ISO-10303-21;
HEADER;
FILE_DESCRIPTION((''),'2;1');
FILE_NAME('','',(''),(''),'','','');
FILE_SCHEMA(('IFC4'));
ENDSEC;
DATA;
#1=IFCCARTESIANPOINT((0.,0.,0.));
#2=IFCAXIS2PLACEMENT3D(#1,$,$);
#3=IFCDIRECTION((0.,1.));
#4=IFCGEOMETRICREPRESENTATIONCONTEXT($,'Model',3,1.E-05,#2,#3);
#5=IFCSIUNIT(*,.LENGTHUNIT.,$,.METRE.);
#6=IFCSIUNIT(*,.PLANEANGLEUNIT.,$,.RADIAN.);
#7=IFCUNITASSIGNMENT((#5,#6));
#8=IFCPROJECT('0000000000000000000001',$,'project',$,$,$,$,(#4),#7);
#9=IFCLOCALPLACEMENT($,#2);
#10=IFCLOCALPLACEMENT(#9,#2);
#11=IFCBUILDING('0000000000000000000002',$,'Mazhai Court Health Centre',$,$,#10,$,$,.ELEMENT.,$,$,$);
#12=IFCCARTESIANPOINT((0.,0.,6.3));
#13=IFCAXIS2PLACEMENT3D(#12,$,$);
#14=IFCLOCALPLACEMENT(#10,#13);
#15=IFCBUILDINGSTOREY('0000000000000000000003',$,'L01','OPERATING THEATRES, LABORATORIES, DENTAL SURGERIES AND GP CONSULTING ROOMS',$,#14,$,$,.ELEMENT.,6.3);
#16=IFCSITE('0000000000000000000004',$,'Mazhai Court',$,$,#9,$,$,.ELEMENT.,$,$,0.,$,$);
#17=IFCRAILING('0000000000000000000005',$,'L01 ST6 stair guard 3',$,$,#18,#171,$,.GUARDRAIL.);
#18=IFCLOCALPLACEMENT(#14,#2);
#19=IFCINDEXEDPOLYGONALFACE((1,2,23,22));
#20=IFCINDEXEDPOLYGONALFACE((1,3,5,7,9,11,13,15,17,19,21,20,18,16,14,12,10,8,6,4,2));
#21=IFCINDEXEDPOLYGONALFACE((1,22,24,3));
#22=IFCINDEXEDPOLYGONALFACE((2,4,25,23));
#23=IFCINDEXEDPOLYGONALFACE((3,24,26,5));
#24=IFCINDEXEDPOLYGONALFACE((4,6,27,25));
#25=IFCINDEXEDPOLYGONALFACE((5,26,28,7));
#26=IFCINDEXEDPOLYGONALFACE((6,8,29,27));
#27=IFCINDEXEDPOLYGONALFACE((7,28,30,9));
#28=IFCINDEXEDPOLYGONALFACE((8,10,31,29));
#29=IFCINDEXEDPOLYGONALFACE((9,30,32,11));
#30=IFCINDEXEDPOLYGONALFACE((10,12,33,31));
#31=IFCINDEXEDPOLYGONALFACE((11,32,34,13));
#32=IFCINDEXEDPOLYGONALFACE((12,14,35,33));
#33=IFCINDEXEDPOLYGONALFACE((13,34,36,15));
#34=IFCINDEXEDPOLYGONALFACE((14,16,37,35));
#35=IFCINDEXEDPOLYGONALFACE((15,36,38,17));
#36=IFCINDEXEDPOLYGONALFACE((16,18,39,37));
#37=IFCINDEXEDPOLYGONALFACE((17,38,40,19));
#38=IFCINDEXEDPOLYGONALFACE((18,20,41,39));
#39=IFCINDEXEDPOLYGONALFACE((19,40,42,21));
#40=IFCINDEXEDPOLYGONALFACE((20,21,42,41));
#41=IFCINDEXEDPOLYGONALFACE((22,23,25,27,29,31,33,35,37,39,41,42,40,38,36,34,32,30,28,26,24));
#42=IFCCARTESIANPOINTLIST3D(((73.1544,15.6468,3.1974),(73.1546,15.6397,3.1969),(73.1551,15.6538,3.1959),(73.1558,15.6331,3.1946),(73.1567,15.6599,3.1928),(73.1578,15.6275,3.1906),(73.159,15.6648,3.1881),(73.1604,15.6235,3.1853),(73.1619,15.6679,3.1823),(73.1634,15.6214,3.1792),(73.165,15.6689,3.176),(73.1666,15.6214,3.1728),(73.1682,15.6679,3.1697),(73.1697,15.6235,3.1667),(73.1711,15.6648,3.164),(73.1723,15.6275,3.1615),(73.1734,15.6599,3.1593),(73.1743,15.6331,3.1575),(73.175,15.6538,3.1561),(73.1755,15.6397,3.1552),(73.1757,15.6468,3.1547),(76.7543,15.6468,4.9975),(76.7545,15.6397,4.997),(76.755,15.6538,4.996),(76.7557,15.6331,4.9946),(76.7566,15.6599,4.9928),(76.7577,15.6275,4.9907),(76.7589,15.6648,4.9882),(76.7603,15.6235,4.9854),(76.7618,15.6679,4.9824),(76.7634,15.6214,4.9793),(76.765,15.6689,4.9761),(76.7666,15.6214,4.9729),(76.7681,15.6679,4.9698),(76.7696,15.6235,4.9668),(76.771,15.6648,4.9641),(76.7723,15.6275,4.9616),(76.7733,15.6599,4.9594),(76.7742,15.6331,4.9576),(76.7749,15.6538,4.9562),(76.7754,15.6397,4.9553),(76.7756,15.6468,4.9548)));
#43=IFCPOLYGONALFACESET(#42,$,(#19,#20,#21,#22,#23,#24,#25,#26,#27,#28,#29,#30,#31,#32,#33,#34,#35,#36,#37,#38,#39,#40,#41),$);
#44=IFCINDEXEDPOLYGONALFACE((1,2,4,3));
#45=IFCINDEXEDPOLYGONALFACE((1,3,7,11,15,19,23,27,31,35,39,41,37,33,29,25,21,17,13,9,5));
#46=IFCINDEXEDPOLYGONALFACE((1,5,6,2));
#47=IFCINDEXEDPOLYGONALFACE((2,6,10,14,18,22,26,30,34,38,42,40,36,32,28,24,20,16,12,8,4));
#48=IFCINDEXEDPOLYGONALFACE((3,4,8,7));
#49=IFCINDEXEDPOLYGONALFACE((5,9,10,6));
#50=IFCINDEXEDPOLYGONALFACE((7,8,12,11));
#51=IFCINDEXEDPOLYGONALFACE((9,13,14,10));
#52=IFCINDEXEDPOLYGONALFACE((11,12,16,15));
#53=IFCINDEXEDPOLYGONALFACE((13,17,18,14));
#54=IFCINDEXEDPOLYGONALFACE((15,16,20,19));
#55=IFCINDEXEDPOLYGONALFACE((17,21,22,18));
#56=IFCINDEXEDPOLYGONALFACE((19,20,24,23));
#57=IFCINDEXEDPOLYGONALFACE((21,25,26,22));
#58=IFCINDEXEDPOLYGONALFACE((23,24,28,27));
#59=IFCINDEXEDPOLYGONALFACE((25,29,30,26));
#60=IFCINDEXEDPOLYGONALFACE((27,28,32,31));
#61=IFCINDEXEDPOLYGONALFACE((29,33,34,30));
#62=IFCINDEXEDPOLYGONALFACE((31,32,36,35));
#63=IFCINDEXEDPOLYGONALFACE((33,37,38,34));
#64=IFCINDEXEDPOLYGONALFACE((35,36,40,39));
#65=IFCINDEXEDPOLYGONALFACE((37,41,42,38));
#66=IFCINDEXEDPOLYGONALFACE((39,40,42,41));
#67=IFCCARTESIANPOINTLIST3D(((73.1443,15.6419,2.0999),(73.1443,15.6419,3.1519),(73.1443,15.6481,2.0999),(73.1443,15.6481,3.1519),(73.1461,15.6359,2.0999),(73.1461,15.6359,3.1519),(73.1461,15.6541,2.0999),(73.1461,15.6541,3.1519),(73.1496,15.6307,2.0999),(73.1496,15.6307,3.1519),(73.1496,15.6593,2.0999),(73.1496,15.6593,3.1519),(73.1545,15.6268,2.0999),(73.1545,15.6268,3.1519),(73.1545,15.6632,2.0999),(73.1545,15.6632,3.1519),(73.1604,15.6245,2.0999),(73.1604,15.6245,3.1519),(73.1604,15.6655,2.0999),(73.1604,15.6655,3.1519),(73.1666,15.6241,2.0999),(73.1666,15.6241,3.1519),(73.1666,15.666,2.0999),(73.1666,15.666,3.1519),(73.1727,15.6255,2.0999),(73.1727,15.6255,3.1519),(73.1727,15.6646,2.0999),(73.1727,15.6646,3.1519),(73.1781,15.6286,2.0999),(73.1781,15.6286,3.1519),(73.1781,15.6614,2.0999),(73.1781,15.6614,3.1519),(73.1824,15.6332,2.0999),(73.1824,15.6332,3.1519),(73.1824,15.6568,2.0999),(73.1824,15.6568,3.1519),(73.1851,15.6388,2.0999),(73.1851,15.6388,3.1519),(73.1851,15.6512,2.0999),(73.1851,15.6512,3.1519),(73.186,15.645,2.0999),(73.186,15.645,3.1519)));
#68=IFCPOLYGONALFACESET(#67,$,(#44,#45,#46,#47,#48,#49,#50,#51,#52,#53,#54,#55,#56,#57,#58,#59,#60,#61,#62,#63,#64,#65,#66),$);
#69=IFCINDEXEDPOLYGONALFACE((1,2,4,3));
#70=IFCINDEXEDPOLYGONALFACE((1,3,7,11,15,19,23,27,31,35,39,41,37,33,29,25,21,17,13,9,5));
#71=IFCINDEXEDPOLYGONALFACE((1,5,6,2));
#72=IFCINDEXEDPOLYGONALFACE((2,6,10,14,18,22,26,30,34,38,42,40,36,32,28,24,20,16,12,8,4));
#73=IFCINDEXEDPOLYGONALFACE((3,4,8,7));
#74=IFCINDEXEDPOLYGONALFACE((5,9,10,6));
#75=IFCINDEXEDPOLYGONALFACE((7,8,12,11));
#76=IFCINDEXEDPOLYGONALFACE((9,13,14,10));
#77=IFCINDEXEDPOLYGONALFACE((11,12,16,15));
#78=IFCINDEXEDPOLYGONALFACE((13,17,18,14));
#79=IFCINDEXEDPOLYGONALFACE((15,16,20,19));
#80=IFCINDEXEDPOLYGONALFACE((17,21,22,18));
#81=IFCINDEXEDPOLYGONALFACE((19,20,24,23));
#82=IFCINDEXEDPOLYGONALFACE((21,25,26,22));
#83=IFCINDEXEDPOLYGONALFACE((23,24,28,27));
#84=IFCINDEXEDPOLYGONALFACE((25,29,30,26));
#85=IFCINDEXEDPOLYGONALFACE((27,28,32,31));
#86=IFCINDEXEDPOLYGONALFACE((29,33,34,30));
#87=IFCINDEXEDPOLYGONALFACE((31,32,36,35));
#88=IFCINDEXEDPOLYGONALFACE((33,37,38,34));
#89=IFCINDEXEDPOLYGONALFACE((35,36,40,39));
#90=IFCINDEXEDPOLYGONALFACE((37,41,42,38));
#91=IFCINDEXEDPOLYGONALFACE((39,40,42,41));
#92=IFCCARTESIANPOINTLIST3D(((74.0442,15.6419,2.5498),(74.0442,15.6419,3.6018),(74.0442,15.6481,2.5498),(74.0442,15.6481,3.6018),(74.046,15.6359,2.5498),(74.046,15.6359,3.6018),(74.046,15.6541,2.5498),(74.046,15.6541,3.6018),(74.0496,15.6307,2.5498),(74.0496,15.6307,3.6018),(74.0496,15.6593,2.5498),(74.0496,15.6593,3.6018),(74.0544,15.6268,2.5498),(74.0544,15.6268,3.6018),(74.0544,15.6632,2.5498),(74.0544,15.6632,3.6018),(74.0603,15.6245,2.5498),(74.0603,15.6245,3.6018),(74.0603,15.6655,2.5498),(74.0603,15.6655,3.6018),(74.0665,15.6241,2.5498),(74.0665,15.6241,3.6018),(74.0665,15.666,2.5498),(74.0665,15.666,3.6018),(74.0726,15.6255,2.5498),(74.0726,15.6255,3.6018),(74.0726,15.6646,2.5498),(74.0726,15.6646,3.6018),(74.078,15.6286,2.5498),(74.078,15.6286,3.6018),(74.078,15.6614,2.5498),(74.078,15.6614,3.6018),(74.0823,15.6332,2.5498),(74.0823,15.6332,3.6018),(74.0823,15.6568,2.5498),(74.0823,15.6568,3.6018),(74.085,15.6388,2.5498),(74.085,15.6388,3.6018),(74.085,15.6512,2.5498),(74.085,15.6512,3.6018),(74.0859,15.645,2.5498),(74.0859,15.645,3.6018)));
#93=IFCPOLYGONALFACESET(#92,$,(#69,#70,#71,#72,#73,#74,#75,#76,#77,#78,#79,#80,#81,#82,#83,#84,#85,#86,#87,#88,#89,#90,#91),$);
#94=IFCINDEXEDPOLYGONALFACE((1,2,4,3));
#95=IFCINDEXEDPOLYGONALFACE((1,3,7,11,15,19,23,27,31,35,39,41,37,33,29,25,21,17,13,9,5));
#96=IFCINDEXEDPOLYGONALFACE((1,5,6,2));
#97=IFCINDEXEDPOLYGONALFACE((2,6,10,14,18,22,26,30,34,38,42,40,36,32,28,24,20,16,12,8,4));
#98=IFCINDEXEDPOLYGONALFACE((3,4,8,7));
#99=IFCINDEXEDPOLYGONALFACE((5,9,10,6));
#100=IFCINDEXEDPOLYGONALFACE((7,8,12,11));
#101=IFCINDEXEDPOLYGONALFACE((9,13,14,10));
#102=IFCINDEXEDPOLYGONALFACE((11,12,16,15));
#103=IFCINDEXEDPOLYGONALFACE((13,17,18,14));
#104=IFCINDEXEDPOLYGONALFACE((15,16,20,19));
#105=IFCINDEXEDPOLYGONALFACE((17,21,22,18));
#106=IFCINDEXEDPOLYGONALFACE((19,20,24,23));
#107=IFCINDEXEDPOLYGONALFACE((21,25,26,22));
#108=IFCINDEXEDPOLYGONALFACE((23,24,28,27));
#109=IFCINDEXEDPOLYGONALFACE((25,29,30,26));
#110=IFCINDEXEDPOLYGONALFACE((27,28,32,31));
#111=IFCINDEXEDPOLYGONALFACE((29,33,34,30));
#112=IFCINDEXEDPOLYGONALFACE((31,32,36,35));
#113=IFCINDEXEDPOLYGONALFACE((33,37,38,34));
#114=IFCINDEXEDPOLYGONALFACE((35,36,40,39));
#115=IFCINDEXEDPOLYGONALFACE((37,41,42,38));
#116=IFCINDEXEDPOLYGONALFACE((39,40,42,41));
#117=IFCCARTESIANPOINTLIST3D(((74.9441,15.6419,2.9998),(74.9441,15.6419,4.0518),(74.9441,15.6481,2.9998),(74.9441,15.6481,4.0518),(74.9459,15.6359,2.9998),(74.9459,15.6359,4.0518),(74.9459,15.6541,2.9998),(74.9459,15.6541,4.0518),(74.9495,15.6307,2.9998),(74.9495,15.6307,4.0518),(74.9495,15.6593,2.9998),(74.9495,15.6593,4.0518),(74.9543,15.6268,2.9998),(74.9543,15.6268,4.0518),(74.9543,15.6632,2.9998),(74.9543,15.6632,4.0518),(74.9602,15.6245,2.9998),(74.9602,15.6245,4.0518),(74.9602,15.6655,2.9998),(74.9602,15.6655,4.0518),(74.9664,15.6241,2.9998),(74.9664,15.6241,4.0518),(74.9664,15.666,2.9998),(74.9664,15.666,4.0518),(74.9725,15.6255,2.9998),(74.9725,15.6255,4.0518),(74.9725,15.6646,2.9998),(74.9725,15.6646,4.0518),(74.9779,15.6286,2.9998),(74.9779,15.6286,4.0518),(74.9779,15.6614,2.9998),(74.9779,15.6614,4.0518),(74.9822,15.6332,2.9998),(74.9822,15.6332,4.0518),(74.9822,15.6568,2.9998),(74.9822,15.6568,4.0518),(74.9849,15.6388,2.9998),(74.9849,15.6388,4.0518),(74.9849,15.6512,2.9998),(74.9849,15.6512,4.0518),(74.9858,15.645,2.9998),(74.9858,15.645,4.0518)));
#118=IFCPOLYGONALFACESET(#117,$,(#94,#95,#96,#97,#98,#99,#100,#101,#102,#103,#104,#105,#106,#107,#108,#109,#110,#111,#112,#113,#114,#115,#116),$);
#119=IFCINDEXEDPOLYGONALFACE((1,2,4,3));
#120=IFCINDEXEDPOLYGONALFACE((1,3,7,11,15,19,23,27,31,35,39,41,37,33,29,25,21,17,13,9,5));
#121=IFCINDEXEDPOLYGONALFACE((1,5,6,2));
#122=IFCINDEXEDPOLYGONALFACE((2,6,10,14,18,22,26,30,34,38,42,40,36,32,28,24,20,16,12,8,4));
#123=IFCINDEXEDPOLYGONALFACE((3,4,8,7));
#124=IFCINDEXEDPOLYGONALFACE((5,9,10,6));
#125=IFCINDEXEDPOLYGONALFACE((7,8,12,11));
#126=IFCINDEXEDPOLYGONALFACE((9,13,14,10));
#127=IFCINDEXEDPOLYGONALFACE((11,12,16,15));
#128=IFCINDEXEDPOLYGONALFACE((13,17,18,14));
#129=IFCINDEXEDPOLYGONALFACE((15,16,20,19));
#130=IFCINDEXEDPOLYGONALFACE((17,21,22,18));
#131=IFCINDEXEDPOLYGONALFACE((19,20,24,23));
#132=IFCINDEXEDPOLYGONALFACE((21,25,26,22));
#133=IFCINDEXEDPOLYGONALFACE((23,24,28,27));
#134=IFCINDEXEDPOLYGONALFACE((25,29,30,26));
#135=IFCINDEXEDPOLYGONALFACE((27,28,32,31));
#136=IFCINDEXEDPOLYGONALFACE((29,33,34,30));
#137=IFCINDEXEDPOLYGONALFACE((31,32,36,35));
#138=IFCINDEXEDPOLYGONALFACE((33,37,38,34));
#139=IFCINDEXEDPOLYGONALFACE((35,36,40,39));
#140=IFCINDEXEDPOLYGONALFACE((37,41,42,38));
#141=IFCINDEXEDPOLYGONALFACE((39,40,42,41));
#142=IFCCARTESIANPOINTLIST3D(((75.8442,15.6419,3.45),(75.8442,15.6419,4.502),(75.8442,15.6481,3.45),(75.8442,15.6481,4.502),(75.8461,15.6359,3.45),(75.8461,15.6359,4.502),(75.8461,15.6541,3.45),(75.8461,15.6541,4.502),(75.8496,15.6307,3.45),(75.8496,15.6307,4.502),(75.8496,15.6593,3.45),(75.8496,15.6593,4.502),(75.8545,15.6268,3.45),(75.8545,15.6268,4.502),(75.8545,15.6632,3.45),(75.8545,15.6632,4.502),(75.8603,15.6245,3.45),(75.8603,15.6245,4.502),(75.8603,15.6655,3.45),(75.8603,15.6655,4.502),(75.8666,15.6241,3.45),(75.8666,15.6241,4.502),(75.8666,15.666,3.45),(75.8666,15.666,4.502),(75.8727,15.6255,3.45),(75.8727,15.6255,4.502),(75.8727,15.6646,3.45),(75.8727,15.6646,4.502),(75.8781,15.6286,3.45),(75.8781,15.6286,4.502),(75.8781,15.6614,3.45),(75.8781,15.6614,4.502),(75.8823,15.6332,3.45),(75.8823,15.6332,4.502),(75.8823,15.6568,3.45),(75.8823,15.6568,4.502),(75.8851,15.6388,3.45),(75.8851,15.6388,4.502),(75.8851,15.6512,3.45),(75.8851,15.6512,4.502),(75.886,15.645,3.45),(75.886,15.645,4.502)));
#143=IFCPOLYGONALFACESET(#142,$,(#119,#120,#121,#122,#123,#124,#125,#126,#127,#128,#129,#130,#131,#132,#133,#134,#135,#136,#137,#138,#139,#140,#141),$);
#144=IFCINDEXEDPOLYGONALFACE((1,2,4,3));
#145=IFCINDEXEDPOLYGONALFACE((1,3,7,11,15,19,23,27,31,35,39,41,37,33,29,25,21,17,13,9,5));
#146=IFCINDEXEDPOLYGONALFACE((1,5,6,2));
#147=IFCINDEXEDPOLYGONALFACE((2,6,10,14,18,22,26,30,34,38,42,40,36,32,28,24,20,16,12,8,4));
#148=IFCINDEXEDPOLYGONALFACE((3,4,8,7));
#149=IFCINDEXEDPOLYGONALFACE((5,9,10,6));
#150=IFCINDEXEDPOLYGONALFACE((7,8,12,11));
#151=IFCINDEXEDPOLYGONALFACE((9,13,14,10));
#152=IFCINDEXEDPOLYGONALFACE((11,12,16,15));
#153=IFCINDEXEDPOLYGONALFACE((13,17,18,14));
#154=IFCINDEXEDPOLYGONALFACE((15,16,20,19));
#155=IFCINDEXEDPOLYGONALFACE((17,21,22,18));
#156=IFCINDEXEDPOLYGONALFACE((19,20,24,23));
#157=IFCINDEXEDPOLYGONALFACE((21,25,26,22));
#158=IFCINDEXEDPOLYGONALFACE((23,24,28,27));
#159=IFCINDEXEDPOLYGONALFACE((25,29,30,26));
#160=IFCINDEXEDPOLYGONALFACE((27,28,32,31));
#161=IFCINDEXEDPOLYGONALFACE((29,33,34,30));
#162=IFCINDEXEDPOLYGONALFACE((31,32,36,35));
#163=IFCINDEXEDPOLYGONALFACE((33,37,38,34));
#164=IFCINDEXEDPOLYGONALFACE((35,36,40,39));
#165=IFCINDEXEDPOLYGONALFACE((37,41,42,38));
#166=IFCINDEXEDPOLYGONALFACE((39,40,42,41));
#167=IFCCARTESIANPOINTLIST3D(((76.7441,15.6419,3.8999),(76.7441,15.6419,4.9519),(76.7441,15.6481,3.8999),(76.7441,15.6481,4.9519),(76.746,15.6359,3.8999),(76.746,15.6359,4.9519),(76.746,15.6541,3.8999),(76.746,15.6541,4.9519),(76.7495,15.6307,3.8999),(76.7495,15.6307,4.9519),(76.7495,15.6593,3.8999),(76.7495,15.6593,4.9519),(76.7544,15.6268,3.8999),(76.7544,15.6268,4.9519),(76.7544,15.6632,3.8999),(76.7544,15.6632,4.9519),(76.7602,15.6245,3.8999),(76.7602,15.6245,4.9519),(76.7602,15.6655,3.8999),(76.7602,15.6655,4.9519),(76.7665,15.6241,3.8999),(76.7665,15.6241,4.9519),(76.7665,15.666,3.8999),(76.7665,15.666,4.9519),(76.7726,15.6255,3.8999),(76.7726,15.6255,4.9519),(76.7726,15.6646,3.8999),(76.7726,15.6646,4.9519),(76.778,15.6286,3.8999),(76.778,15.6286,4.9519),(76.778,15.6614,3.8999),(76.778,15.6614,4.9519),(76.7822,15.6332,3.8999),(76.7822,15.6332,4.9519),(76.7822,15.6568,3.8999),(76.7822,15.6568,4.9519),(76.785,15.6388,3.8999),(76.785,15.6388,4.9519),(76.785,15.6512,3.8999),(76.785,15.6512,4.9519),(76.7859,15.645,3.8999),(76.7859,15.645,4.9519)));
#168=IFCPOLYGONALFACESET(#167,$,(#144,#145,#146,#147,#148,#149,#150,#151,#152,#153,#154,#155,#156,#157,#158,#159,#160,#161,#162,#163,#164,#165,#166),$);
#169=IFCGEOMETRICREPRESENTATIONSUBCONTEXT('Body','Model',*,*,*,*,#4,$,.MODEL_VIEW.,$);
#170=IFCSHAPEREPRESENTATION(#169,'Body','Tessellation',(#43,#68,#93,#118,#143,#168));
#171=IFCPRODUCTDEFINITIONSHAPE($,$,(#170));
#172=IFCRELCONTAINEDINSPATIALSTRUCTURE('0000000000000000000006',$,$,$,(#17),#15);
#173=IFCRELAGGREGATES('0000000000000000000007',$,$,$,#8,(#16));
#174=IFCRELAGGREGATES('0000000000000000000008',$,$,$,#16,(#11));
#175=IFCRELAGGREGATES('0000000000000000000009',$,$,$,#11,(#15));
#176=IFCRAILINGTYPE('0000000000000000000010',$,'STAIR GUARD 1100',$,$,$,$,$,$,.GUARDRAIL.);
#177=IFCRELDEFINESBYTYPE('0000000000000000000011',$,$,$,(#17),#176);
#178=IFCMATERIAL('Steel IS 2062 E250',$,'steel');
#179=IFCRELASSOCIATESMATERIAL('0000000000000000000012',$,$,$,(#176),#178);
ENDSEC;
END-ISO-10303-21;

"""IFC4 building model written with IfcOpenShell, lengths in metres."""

from ifc_helpers import new_model, si_unit, direction, frame, origin, origin_2d, place, context, subcontext, project, spatial, circle, extrude, material, type_object, element, save


model = new_model("IFC4")

# Units and contexts
model_context = context("Model", 3, precision=1e-05, world=origin(), true_north=direction((0.0, 1.0)))
body_context = subcontext(model_context, "Body", "Model", "MODEL_VIEW")
ifc_project = project(units=[si_unit("LENGTHUNIT", "METRE"), si_unit("PLANEANGLEUNIT", "RADIAN")], contexts=[model_context])

# Site, building, storey
site_placement = place(None, origin())
site = spatial("IfcSite", under=ifc_project, at=site_placement, Name="Mazhai Court", CompositionType="ELEMENT", RefElevation=0.0)
building_placement = place(site_placement, origin())
building = spatial("IfcBuilding", under=site, at=building_placement, Name="Mazhai Court Health Centre", CompositionType="ELEMENT")
storey_placement = place(building_placement, frame((0.0, 0.0, 6.3)))
storey = spatial("IfcBuildingStorey", under=building, at=storey_placement, Name="L01", Description="OPERATING THEATRES, LABORATORIES, DENTAL SURGERIES AND GP CONSULTING ROOMS", CompositionType="ELEMENT", Elevation=6.3)

# Railing
ifc_material_1 = material(Name="Steel IS 2062 E250", Category="steel")
railing_type = type_object("IfcRailingType", Name="STAIR GUARD 1100", PredefinedType="GUARDRAIL", material=ifc_material_1)
railing_1_placement = place(storey_placement, frame((73.165, 15.645, 2.0999)))
element("IfcRailing", 1, at=railing_1_placement, inside=storey, type_object=railing_type, Name="L01 ST6 stair guard 3", PredefinedType="GUARDRAIL", context=body_context, shape_type="SweptSolid", body=[
    extrude(circle(Radius=0.0239, at=origin_2d()), frame((0.0, 0.0, 1.0762), z_axis=(0.894415, 0.0, 0.447238), x_axis=(0.0, 1.0, 0.0)), (0.0, 0.0, 1.0), 4.0249),
    extrude(circle(Radius=0.021, at=origin_2d()), origin(), (0.0, 0.0, 1.0), 1.052),
    extrude(circle(Radius=0.021, at=origin_2d()), frame((0.8999, 0.0, 0.45)), (0.0, 0.0, 1.0), 1.052),
    extrude(circle(Radius=0.021, at=origin_2d()), frame((1.7998, 0.0, 0.8999)), (0.0, 0.0, 1.0), 1.052),
    extrude(circle(Radius=0.021, at=origin_2d()), frame((2.7, 0.0, 1.3501)), (0.0, 0.0, 1.0), 1.052),
    extrude(circle(Radius=0.021, at=origin_2d()), frame((3.5999, 0.0, 1.8)), (0.0, 0.0, 1.0), 1.052),
])

save(model, "model.ifc")
